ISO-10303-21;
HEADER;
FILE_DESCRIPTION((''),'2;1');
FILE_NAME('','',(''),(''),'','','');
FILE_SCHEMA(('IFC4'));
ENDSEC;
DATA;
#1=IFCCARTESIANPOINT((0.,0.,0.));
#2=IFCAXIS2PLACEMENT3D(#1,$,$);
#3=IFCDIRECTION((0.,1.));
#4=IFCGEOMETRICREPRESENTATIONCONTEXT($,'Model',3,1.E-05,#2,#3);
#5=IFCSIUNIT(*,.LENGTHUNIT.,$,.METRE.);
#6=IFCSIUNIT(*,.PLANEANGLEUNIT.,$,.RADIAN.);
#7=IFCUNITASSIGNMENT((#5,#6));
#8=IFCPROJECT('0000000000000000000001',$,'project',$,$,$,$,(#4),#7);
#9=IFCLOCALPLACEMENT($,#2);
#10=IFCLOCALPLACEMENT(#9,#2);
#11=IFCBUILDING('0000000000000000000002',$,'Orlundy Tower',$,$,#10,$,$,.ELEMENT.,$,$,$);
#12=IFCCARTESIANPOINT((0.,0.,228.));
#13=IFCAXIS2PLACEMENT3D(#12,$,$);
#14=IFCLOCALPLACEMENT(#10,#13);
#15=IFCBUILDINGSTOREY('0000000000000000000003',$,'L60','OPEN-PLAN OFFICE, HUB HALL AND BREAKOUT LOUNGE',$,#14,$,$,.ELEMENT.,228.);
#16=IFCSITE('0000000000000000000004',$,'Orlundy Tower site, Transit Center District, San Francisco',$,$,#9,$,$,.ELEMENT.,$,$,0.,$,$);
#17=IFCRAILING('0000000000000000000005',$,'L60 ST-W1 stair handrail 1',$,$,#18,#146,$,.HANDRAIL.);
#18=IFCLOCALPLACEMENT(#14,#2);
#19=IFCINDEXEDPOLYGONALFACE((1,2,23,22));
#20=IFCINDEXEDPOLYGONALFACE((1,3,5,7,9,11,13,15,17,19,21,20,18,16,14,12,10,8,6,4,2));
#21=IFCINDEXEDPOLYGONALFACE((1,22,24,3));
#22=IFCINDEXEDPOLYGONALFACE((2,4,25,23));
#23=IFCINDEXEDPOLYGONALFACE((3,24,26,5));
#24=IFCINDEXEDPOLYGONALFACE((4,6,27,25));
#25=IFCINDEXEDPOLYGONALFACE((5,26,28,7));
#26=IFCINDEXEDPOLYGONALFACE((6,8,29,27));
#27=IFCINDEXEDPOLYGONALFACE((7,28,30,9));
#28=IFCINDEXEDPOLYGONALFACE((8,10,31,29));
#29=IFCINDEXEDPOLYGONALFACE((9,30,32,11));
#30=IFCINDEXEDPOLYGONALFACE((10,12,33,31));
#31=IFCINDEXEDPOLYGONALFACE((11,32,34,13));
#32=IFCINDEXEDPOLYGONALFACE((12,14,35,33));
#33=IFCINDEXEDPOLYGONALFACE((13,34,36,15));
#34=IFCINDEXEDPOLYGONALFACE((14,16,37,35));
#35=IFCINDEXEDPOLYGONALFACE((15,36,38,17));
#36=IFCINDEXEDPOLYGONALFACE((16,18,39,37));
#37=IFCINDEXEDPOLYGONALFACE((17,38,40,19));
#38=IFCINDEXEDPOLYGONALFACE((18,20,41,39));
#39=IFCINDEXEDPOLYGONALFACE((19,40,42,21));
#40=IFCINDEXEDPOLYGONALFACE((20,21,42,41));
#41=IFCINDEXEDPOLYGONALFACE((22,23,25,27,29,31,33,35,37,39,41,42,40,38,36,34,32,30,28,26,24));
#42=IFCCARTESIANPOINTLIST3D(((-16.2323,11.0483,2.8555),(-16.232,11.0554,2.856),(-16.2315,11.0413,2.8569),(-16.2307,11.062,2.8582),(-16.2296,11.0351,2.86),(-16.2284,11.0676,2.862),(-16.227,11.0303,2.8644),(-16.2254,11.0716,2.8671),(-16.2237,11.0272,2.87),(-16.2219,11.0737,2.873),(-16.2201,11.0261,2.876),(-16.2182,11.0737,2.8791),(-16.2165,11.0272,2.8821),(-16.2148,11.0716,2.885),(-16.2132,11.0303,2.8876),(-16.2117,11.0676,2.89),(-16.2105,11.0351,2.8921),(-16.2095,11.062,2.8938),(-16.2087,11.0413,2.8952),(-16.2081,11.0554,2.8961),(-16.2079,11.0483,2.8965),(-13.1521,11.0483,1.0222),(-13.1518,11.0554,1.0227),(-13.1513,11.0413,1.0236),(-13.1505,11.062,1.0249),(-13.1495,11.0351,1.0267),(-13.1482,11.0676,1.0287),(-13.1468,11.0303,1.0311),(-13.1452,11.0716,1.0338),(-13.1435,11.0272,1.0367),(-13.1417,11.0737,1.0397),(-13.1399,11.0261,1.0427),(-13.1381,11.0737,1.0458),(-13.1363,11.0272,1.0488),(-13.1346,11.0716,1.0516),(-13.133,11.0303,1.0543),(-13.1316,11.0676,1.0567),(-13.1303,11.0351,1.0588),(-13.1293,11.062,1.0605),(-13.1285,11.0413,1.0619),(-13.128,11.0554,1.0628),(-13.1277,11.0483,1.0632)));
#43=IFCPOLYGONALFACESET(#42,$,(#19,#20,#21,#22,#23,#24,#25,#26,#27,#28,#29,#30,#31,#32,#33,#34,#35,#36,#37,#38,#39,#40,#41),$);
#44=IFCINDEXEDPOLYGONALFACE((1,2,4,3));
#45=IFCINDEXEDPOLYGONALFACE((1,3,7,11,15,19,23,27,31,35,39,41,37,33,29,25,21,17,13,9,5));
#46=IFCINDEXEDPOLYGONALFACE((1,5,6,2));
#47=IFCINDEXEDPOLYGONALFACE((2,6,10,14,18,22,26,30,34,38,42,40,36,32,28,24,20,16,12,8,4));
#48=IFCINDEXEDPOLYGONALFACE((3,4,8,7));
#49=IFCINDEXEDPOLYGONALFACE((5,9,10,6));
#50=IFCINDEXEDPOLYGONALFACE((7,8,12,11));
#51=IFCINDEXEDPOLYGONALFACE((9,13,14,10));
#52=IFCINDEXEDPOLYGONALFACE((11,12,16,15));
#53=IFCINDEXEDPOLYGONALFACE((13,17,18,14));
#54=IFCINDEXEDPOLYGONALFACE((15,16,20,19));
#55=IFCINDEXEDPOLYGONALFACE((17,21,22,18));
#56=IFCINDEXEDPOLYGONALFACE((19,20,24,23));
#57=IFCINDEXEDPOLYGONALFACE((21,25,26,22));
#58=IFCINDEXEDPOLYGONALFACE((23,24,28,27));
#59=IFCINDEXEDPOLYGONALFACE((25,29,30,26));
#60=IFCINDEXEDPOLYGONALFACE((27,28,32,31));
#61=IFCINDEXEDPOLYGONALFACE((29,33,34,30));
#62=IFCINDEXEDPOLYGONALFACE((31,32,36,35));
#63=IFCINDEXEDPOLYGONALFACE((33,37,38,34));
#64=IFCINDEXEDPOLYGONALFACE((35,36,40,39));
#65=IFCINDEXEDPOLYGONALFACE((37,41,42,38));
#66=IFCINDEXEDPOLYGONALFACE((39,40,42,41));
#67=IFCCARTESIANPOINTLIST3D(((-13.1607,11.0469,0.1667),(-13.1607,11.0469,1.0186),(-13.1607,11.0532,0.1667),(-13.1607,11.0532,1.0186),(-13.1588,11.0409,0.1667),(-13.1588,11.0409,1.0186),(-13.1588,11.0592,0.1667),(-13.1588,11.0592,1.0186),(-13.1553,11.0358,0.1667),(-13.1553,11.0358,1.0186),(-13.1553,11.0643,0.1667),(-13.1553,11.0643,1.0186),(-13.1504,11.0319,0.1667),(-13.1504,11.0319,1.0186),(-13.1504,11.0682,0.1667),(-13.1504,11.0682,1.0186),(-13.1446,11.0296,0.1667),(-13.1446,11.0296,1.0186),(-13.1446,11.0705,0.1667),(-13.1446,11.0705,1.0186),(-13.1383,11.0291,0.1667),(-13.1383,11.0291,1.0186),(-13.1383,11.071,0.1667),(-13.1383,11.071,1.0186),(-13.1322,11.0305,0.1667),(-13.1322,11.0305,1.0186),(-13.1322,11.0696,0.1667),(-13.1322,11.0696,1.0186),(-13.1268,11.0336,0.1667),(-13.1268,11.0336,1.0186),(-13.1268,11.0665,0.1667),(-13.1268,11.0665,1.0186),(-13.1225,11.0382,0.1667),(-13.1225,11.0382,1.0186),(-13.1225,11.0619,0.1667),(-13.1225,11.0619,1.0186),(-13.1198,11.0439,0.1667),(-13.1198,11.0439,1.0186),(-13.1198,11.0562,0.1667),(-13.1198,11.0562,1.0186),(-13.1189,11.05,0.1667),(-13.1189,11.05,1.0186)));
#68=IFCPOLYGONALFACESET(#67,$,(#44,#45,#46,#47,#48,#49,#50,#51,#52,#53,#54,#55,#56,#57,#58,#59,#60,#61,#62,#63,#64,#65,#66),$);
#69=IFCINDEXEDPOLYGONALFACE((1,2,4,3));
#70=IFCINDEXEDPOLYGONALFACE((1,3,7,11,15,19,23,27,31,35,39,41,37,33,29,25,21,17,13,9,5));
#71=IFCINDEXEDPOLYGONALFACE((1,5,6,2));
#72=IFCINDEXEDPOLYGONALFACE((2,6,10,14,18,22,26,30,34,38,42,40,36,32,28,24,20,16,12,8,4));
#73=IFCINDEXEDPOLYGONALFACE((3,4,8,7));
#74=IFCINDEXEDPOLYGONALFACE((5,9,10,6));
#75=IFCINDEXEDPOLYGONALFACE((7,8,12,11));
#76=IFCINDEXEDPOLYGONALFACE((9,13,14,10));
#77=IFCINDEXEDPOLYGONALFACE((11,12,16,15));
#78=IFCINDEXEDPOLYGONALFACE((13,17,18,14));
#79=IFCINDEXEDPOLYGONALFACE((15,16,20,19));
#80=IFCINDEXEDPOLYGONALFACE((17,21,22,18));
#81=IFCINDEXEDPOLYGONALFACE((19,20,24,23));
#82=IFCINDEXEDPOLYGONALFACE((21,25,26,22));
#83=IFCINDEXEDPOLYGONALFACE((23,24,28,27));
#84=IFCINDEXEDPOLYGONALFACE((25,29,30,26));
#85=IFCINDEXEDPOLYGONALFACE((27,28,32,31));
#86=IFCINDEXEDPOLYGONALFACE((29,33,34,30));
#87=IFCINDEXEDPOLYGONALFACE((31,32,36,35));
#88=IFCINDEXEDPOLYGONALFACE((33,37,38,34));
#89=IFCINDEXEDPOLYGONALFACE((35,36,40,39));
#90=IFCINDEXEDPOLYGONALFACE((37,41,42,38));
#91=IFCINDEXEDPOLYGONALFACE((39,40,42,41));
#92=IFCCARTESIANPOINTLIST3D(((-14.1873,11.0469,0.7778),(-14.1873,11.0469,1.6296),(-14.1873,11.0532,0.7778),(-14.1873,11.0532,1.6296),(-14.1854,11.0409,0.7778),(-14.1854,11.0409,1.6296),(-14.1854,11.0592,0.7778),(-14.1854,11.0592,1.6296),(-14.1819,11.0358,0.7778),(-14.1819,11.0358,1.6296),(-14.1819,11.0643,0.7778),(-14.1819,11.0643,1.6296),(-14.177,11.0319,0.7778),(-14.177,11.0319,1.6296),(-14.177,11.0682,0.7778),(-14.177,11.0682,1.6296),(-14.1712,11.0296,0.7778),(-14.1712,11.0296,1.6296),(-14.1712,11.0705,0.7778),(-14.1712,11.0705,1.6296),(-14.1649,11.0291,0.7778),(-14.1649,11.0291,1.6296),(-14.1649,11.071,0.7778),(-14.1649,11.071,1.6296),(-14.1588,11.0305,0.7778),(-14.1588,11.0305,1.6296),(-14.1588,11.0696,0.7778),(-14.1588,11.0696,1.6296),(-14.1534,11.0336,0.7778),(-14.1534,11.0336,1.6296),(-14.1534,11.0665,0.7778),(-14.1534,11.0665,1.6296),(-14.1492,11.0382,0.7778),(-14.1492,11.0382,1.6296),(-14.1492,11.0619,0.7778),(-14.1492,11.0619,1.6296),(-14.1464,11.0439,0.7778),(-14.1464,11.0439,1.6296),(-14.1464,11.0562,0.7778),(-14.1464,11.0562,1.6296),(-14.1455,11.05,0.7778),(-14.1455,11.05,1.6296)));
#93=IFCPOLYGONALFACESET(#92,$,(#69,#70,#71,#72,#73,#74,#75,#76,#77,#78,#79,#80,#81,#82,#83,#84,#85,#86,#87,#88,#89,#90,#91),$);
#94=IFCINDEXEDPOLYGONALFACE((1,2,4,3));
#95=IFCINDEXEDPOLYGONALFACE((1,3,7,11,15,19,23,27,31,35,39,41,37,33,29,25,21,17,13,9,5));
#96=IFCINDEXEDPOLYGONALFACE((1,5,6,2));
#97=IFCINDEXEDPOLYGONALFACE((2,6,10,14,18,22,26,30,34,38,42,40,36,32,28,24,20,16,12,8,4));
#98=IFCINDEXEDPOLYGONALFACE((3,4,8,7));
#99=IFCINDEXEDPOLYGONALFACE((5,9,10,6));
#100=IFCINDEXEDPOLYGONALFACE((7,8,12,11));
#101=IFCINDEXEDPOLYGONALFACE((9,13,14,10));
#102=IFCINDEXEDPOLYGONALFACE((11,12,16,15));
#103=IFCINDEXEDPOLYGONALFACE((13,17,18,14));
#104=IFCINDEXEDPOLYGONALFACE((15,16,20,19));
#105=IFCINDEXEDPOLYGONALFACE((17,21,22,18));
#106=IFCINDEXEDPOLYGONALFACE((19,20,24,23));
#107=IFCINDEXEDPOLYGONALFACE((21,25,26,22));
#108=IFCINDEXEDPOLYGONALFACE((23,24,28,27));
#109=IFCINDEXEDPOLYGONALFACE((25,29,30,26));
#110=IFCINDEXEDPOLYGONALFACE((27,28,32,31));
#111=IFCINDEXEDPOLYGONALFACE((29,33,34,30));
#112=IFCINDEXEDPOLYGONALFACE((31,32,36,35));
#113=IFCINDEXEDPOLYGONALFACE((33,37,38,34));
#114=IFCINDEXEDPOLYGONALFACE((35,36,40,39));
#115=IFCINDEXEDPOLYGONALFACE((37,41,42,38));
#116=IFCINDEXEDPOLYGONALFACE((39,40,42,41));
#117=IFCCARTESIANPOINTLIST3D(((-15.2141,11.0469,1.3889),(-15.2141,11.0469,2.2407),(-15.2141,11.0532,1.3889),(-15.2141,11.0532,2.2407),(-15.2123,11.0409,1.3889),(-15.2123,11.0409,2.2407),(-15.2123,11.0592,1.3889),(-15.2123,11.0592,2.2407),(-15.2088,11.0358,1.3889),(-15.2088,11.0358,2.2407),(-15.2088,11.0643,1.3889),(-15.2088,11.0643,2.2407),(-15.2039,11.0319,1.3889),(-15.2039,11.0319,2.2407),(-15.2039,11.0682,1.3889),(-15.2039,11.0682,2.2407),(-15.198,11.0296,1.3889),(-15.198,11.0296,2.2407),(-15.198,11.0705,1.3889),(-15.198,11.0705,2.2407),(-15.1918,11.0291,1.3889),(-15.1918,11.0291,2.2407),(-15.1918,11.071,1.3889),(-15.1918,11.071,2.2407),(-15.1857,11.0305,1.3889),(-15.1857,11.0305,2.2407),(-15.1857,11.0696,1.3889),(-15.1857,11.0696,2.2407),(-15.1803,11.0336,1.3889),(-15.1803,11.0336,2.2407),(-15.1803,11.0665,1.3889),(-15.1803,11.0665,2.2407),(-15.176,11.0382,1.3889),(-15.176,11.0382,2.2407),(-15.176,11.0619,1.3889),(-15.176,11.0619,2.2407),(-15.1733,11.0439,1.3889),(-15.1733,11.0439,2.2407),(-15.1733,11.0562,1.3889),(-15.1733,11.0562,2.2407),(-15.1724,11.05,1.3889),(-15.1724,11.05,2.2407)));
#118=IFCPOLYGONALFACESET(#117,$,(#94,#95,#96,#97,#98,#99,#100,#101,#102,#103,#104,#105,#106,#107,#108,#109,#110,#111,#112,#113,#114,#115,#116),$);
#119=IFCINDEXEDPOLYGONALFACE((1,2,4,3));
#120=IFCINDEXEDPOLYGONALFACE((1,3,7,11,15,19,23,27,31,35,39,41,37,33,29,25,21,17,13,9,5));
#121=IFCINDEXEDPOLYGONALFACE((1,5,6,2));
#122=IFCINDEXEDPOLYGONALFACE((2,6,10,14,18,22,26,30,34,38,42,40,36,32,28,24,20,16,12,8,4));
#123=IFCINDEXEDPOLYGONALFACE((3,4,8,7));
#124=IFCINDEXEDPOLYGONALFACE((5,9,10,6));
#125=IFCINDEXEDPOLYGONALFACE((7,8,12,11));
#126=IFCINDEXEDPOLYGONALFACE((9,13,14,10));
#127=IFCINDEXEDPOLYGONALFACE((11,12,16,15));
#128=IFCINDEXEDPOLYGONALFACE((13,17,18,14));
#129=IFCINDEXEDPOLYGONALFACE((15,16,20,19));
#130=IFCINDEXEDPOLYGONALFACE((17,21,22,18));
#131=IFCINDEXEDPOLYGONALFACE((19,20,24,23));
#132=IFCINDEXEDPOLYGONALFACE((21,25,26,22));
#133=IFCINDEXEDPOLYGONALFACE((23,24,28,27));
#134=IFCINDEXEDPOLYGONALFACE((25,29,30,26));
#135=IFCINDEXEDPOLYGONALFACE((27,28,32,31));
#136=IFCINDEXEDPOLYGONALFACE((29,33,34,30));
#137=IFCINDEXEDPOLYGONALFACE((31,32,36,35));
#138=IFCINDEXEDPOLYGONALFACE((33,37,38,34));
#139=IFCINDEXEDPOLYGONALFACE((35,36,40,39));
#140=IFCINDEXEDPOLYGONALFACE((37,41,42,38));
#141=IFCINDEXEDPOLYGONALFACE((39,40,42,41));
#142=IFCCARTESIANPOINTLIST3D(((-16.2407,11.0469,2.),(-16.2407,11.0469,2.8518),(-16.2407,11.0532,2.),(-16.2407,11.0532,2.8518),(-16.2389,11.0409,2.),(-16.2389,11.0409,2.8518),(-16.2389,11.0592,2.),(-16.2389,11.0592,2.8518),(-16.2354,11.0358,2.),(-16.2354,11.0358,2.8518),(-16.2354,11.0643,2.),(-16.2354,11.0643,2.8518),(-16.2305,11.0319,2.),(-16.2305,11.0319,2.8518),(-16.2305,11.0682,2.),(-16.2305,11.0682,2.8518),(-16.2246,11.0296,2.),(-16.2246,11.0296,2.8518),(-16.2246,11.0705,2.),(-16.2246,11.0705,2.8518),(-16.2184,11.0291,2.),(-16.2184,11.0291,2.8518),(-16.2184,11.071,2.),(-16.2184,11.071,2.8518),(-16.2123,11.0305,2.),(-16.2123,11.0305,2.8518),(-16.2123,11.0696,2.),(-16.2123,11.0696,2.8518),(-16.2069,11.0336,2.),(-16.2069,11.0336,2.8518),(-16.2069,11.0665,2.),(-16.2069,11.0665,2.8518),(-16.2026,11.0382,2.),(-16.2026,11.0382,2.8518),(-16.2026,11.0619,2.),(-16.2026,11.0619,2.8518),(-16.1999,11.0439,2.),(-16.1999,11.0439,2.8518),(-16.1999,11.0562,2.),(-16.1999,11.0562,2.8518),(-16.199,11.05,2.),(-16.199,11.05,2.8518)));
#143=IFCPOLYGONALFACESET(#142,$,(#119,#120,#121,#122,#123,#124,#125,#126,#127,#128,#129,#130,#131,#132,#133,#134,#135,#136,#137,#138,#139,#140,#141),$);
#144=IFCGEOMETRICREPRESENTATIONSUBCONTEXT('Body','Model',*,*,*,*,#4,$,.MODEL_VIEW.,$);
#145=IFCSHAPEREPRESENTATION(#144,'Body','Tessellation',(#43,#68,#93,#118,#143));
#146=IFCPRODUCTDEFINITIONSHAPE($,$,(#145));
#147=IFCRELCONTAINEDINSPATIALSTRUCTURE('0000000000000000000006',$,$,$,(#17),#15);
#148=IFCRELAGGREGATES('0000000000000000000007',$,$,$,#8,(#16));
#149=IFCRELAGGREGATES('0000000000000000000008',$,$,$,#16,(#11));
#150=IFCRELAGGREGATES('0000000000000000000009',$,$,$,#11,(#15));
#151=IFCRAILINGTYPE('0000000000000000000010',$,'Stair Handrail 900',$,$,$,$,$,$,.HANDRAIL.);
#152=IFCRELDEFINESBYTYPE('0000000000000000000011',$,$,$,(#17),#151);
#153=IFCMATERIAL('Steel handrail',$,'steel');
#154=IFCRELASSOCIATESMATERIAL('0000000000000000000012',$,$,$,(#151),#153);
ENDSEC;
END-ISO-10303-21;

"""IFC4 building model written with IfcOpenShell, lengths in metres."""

from ifc_helpers import new_model, si_unit, direction, frame, origin, origin_2d, place, context, subcontext, project, spatial, circle, extrude, material, type_object, element, save


model = new_model("IFC4")

# Units and contexts
model_context = context("Model", 3, precision=1e-05, world=origin(), true_north=direction((0.0, 1.0)))
body_context = subcontext(model_context, "Body", "Model", "MODEL_VIEW")
ifc_project = project(units=[si_unit("LENGTHUNIT", "METRE"), si_unit("PLANEANGLEUNIT", "RADIAN")], contexts=[model_context])

# Site, building, storey
site_placement = place(None, origin())
site = spatial("IfcSite", under=ifc_project, at=site_placement, Name="Orlundy Tower site, Transit Center District, San Francisco", CompositionType="ELEMENT", RefElevation=0.0)
building_placement = place(site_placement, origin())
building = spatial("IfcBuilding", under=site, at=building_placement, Name="Orlundy Tower", CompositionType="ELEMENT")
storey_placement = place(building_placement, frame((0.0, 0.0, 228.0)))
storey = spatial("IfcBuildingStorey", under=building, at=storey_placement, Name="L60", Description="OPEN-PLAN OFFICE, HUB HALL AND BREAKOUT LOUNGE", CompositionType="ELEMENT", Elevation=228.0)

# Railing
ifc_material_1 = material(Name="Steel handrail", Category="steel")
railing_type_1 = type_object("IfcRailingType", Name="Stair Handrail 900", PredefinedType="HANDRAIL", material=ifc_material_1)
railing_1_placement = place(storey_placement, frame((-13.1399, 11.05, 0.1667)))
element("IfcRailing", 1, at=railing_1_placement, inside=storey, type_object=railing_type_1, Name="L60 ST-W1 stair handrail 1", PredefinedType="HANDRAIL", context=body_context, shape_type="SweptSolid", body=[
    extrude(circle(Radius=0.0239, at=origin_2d()), frame((0.0, 0.0, 0.876), z_axis=(-0.859309, 0.0, 0.511458), x_axis=(0.0, -1.0, 0.0)), (0.0, 0.0, 1.0), 3.5845),
    extrude(circle(Radius=0.021, at=origin_2d()), origin(), (0.0, 0.0, 1.0), 0.8518),
    extrude(circle(Radius=0.021, at=origin_2d()), frame((-1.0266, 0.0, 0.6111)), (0.0, 0.0, 1.0), 0.8518),
    extrude(circle(Radius=0.021, at=origin_2d()), frame((-2.0535, 0.0, 1.2222)), (0.0, 0.0, 1.0), 0.8518),
    extrude(circle(Radius=0.021, at=origin_2d()), frame((-3.0801, 0.0, 1.8333)), (0.0, 0.0, 1.0), 0.8518),
])

save(model, "model.ifc")
